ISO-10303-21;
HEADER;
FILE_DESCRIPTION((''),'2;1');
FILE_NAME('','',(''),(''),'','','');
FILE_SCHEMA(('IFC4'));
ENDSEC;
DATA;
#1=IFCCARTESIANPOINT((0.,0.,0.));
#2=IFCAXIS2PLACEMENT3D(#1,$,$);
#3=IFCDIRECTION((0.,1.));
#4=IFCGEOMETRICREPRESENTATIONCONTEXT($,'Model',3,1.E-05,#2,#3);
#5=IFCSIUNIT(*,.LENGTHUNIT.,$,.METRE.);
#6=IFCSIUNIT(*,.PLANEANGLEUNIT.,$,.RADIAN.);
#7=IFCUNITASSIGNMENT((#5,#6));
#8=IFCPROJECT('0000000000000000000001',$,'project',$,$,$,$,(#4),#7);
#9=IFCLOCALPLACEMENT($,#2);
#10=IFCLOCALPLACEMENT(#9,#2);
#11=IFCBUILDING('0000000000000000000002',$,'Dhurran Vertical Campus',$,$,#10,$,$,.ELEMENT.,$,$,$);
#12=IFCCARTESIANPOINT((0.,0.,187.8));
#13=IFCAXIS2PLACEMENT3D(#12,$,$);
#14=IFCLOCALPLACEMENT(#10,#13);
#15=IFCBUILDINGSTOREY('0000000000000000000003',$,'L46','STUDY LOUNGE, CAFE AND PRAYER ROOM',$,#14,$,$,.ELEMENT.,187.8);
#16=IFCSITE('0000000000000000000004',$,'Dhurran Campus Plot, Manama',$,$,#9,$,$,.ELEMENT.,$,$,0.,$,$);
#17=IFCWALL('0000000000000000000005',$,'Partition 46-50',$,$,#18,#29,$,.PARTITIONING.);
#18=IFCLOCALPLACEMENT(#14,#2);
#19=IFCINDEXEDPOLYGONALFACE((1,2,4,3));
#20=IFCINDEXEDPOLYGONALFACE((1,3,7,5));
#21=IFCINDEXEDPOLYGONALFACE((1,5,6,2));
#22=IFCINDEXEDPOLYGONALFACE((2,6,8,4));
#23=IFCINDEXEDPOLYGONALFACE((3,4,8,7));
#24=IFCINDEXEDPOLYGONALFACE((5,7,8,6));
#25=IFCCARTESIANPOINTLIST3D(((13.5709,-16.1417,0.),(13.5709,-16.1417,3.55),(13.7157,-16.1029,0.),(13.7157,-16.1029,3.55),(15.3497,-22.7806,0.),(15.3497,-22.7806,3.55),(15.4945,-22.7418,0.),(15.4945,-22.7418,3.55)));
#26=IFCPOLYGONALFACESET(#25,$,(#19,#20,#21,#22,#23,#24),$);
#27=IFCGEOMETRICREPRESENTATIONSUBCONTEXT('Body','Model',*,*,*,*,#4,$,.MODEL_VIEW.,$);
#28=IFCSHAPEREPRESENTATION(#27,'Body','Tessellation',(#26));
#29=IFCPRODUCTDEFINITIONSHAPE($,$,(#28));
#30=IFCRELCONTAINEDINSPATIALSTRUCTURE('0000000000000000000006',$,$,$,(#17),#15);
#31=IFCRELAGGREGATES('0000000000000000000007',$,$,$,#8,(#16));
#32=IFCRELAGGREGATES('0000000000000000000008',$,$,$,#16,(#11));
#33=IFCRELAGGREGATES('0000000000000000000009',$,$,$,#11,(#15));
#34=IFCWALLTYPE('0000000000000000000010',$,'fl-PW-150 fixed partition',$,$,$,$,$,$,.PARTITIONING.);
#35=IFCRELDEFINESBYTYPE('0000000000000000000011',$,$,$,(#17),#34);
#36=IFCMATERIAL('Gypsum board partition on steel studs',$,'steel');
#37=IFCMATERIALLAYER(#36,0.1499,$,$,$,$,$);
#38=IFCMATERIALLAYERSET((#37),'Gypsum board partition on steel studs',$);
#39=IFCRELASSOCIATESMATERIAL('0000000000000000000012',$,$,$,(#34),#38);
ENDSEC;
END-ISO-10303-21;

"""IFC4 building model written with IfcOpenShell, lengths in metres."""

from ifc_helpers import new_model, si_unit, direction, frame, frame_2d, origin, place, context, subcontext, project, spatial, rectangle, extrude, material, layer, layer_set, type_object, element, save


model = new_model("IFC4")

# Units and contexts
model_context = context("Model", 3, precision=1e-05, world=origin(), true_north=direction((0.0, 1.0)))
body_context = subcontext(model_context, "Body", "Model", "MODEL_VIEW")
ifc_project = project(units=[si_unit("LENGTHUNIT", "METRE"), si_unit("PLANEANGLEUNIT", "RADIAN")], contexts=[model_context])

# Site, building, storey
site_placement = place(None, origin())
site = spatial("IfcSite", under=ifc_project, at=site_placement, Name="Dhurran Campus Plot, Manama", CompositionType="ELEMENT", RefElevation=0.0)
building_placement = place(site_placement, origin())
building = spatial("IfcBuilding", under=site, at=building_placement, Name="Dhurran Vertical Campus", CompositionType="ELEMENT")
storey_placement = place(building_placement, frame((0.0, 0.0, 187.8)))
storey = spatial("IfcBuildingStorey", under=building, at=storey_placement, Name="L46", Description="STUDY LOUNGE, CAFE AND PRAYER ROOM", CompositionType="ELEMENT", Elevation=187.8)

# Wall
ifc_material_1 = material(Name="Gypsum board partition on steel studs", Category="steel")
ifc_layer_1 = layer(ifc_material_1, 0.1499)
ifc_layer_set_1 = layer_set([ifc_layer_1], Name="Gypsum board partition on steel studs")
wall_type_1 = type_object("IfcWallType", Name="fl-PW-150 fixed partition", PredefinedType="PARTITIONING", material=ifc_layer_set_1)
wall_1_placement = place(storey_placement, frame((13.6433, -16.1223, 0.0), z_axis=(0.0, 0.0, 1.0), x_axis=(0.258808, -0.965929, 0.0)))
element("IfcWall", 1, at=wall_1_placement, inside=storey, type_object=wall_type_1, Name="Partition 46-50", PredefinedType="PARTITIONING", context=body_context, shape_type="SweptSolid", body=[
    extrude(rectangle(XDim=6.873, YDim=0.1499, at=frame_2d((3.4365, 0.0))), origin(), (0.0, 0.0, 1.0), 3.55),
])

save(model, "model.ifc")
